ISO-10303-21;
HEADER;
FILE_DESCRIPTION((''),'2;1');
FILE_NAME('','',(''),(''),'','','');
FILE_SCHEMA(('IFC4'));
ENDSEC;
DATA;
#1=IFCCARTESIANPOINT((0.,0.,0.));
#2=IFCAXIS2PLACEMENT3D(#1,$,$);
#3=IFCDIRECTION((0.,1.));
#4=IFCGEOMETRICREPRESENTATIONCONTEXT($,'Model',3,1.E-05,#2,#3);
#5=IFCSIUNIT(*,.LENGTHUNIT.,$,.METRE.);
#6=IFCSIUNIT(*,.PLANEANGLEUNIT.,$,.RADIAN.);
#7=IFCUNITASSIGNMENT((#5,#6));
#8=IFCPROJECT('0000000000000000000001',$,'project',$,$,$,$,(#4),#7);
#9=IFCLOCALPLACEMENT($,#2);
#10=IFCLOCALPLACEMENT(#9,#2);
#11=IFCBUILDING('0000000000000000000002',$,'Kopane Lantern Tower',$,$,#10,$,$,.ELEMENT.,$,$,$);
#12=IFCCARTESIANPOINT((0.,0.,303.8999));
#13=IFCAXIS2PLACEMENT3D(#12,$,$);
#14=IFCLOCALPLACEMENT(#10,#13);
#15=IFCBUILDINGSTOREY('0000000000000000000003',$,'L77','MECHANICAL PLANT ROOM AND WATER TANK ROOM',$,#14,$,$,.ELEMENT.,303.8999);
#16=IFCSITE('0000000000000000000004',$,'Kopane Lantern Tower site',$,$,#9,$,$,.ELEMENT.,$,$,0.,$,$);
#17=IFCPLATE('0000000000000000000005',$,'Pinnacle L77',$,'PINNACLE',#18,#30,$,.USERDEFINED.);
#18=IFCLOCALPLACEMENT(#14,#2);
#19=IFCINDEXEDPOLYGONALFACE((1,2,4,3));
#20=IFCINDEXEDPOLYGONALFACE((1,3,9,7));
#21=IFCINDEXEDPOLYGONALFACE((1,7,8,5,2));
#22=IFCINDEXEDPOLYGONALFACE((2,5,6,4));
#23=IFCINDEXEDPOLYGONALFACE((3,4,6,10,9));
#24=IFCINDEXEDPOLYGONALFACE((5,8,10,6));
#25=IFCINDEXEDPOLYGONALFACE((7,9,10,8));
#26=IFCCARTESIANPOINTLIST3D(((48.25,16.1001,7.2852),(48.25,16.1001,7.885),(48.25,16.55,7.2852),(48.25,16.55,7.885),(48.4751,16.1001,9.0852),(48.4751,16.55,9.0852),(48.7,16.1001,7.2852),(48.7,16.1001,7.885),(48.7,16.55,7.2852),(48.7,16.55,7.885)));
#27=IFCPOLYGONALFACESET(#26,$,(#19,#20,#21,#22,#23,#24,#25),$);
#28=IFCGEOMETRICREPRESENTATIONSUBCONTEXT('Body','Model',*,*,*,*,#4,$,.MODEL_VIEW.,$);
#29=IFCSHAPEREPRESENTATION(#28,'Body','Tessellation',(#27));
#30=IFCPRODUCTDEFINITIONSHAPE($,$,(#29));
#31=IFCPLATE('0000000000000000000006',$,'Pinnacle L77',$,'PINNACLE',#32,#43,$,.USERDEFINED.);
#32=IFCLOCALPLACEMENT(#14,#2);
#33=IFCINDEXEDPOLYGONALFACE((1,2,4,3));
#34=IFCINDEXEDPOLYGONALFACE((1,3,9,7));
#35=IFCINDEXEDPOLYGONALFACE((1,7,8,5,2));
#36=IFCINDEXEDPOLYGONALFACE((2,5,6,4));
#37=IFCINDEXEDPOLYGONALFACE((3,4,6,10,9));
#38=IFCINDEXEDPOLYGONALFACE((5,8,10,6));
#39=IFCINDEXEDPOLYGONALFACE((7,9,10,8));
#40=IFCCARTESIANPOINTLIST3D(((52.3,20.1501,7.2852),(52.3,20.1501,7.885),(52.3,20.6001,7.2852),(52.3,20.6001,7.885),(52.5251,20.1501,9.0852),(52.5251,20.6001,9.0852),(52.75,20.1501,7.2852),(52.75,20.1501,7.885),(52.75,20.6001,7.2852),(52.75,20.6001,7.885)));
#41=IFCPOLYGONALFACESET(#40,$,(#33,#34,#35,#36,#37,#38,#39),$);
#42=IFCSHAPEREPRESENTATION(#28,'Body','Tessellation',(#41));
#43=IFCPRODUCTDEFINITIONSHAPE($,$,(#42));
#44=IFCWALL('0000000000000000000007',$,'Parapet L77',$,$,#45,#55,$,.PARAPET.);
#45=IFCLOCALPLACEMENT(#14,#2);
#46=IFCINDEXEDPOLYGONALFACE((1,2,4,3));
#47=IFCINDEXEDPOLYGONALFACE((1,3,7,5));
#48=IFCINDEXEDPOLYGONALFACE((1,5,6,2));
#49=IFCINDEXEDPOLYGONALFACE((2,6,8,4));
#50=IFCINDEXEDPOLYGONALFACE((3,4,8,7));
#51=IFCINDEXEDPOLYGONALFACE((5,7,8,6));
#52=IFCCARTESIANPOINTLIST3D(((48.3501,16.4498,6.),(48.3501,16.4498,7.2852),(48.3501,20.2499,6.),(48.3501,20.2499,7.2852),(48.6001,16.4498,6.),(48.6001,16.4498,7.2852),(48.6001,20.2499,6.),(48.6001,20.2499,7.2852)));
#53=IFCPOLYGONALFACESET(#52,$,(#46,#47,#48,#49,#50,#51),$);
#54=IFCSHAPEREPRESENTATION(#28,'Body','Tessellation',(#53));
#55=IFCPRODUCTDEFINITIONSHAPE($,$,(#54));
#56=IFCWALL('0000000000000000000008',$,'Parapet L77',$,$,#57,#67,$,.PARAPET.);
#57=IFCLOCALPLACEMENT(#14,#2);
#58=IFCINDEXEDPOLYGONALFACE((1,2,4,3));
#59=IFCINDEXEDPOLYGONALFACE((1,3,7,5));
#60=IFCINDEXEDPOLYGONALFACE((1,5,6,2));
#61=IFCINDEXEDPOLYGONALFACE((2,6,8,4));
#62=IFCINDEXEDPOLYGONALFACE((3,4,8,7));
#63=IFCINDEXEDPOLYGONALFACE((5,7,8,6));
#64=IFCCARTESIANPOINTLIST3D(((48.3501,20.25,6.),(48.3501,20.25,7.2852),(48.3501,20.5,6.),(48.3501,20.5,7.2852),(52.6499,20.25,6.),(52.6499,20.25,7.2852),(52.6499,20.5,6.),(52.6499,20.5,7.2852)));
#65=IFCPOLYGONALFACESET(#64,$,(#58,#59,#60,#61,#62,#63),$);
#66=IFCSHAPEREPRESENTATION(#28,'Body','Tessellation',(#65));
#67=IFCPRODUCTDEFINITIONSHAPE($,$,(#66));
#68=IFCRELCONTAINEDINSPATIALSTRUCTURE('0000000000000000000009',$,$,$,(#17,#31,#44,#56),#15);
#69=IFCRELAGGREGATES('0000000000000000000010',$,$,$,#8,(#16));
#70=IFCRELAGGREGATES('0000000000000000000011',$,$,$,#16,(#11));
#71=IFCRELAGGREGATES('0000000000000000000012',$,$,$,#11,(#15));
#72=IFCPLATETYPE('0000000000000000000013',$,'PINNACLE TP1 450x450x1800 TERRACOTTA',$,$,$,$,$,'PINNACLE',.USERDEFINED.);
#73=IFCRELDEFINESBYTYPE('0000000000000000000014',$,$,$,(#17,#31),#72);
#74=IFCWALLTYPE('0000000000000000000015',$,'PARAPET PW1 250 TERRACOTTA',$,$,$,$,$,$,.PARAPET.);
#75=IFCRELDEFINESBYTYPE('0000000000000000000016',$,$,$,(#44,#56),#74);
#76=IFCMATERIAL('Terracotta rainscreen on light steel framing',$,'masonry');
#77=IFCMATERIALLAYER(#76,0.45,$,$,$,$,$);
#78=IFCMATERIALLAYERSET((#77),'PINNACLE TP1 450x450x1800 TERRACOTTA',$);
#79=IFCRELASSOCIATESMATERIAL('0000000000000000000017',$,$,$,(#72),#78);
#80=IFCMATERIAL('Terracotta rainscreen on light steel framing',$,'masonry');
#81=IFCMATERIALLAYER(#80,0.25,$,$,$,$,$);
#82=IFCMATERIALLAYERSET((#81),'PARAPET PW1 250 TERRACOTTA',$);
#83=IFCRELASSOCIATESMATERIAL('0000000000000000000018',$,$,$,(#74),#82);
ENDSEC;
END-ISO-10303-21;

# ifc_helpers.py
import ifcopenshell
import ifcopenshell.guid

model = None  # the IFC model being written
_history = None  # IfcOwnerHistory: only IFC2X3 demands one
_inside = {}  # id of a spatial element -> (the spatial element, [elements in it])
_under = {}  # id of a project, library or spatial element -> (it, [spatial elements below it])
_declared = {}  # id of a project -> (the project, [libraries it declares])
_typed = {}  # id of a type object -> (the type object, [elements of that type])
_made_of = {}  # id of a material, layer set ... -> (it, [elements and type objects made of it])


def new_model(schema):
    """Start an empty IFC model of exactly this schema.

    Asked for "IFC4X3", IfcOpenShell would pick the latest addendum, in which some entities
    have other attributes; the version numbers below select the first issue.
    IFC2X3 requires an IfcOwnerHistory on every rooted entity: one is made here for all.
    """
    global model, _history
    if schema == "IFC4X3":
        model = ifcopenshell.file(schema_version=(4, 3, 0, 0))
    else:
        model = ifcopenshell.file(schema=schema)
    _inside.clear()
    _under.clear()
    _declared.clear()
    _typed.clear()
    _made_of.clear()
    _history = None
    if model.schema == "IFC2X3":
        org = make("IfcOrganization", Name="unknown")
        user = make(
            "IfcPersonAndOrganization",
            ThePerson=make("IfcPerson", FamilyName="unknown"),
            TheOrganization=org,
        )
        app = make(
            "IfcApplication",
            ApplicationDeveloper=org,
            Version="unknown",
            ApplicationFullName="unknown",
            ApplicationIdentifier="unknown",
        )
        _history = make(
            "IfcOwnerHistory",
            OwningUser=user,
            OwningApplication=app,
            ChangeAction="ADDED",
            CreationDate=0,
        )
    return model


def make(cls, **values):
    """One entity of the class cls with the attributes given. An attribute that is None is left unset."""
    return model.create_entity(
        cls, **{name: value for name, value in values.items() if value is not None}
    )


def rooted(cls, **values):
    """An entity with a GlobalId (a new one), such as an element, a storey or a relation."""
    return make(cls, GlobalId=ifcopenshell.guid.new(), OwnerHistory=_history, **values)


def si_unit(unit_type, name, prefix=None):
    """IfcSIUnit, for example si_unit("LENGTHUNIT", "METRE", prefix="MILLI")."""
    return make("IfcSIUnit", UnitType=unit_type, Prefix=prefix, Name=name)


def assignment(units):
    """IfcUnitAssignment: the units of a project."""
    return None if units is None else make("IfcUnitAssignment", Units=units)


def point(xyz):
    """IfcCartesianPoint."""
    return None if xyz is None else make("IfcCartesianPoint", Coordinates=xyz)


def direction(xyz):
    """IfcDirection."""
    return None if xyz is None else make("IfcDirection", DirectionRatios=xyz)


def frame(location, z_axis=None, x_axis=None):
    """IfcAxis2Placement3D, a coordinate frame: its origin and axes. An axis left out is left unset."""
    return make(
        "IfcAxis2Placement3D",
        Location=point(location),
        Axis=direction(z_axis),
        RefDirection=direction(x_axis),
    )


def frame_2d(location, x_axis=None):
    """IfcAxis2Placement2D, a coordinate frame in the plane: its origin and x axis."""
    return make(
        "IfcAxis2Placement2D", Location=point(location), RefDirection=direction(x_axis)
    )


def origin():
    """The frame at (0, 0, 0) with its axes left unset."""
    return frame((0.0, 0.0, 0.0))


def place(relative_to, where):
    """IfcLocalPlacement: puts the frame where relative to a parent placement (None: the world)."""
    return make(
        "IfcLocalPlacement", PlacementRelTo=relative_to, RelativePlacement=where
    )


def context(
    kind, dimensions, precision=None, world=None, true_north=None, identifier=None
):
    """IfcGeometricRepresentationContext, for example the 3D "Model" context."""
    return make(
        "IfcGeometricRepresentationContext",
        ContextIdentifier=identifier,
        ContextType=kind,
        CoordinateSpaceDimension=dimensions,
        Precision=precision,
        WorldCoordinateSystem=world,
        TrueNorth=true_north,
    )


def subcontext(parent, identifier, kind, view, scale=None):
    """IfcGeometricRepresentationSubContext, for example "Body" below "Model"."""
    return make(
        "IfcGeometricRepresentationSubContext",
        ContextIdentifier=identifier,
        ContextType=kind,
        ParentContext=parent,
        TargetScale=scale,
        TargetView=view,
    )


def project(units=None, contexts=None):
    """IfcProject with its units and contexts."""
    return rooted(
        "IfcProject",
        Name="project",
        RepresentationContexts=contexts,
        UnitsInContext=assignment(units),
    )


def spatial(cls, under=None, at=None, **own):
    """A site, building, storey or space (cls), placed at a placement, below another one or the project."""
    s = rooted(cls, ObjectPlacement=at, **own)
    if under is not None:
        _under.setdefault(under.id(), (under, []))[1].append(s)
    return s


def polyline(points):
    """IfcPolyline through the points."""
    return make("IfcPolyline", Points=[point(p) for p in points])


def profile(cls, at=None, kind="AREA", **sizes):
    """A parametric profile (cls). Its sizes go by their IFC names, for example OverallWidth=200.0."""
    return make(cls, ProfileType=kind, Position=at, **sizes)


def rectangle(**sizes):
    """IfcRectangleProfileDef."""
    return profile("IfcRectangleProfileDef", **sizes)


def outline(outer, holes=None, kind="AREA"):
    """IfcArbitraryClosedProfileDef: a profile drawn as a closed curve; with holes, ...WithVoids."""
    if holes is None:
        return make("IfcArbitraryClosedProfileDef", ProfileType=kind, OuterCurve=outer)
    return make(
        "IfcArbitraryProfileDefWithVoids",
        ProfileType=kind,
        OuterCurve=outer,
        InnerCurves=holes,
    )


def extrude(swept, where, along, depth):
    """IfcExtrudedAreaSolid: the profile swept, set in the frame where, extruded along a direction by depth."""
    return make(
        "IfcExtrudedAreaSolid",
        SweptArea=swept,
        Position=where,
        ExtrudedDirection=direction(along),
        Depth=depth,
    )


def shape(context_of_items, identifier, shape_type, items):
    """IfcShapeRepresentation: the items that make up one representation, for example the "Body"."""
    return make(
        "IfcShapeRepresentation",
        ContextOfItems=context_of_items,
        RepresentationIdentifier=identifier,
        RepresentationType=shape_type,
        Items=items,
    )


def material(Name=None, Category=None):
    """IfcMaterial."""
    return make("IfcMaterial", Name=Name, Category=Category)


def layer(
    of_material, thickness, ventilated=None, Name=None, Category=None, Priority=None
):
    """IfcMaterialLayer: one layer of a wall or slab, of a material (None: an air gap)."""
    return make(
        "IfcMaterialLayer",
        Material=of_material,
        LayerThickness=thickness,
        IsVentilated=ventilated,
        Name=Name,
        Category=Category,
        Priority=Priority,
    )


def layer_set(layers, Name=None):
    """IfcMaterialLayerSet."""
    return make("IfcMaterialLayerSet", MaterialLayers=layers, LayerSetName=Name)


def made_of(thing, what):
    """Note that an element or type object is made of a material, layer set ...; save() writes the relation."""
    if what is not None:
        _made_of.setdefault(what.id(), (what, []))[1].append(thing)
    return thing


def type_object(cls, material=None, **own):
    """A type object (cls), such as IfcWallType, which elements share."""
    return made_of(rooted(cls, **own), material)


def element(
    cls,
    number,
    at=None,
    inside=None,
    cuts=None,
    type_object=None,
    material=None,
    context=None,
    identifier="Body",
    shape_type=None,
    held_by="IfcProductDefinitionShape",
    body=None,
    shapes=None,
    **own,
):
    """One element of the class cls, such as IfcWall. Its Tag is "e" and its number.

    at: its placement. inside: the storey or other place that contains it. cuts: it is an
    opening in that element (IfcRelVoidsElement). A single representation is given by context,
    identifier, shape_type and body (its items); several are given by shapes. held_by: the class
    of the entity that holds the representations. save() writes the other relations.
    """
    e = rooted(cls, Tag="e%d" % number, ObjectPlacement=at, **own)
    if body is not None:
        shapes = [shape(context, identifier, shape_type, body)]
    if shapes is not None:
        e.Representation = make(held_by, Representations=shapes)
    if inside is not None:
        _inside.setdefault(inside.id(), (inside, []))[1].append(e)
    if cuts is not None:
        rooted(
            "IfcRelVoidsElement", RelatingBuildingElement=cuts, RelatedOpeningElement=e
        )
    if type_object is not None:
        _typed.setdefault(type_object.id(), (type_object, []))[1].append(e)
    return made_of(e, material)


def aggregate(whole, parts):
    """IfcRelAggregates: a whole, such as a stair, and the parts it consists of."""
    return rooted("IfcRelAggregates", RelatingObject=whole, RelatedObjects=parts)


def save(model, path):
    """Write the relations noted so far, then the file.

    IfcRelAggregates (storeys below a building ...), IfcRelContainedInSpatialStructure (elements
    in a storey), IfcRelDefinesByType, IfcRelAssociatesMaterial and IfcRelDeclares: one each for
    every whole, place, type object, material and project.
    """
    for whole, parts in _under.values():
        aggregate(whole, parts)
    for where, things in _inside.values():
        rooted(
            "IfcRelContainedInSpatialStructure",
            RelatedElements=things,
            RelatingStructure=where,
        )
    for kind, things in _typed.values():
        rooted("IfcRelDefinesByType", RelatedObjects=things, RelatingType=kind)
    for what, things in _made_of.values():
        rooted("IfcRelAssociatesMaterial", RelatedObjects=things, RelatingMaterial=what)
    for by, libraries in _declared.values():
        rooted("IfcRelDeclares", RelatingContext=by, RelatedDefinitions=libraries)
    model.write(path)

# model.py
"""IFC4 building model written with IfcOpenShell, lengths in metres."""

from ifc_helpers import new_model, si_unit, direction, frame, frame_2d, origin, place, context, subcontext, project, spatial, polyline, rectangle, outline, extrude, material, layer, layer_set, type_object, element, save


model = new_model("IFC4")

# Units and contexts
model_context = context("Model", 3, precision=1e-05, world=origin(), true_north=direction((0.0, 1.0)))
body_context = subcontext(model_context, "Body", "Model", "MODEL_VIEW")
ifc_project = project(units=[si_unit("LENGTHUNIT", "METRE"), si_unit("PLANEANGLEUNIT", "RADIAN")], contexts=[model_context])

# Site, building, storey
site_placement = place(None, origin())
site = spatial("IfcSite", under=ifc_project, at=site_placement, Name="Kopane Lantern Tower site", CompositionType="ELEMENT", RefElevation=0.0)
building_placement = place(site_placement, origin())
building = spatial("IfcBuilding", under=site, at=building_placement, Name="Kopane Lantern Tower", CompositionType="ELEMENT")
storey_placement = place(building_placement, frame((0.0, 0.0, 303.8999)))
storey = spatial("IfcBuildingStorey", under=building, at=storey_placement, Name="L77", Description="MECHANICAL PLANT ROOM AND WATER TANK ROOM", CompositionType="ELEMENT", Elevation=303.8999)

# Plates
ifc_material_1 = material(Name="Terracotta rainscreen on light steel framing", Category="masonry")
ifc_layer_1 = layer(ifc_material_1, 0.45)
ifc_layer_set_1 = layer_set([ifc_layer_1], Name="PINNACLE TP1 450x450x1800 TERRACOTTA")
plate_type_1 = type_object("IfcPlateType", Name="PINNACLE TP1 450x450x1800 TERRACOTTA", ElementType="PINNACLE", PredefinedType="USERDEFINED", material=ifc_layer_set_1)
for number, where, z_axis, x_axis, name in (
    (1, (48.25, 16.325, 7.2852), (0.0, 0.0, 1.0), (1.0, 0.0, 0.0), "Pinnacle L77"),
    (2, (52.3, 20.375, 7.2852), (0.0, 0.0, 1.0), (1.0, 0.0, 0.0), "Pinnacle L77"),
):
    element("IfcPlate", number, at=place(storey_placement, frame(where, z_axis=z_axis, x_axis=x_axis)), inside=storey, type_object=plate_type_1, Name=name, ObjectType="PINNACLE", PredefinedType="USERDEFINED", context=body_context, shape_type="SweptSolid", body=[
        extrude(outline(polyline([(0.0, 0.0), (0.45, 0.0), (0.45, 0.5999), (0.2251, 1.8), (0.0, 0.5999), (0.0, 0.0)])), frame((0.0, 0.2251, 0.0), z_axis=(0.0, -1.0, 0.0), x_axis=(1.0, 0.0, 0.0)), (0.0, 0.0, 1.0), 0.45),
    ])

# Walls
ifc_material_2 = material(Name="Terracotta rainscreen on light steel framing", Category="masonry")
ifc_layer_2 = layer(ifc_material_2, 0.25)
ifc_layer_set_2 = layer_set([ifc_layer_2], Name="PARAPET PW1 250 TERRACOTTA")
wall_type = type_object("IfcWallType", Name="PARAPET PW1 250 TERRACOTTA", PredefinedType="PARAPET", material=ifc_layer_set_2)
wall_1_placement = place(storey_placement, frame((48.4751, 16.45, 6.0), z_axis=(0.0, 0.0, 1.0), x_axis=(0.0, 1.0, 0.0)))
element("IfcWall", 3, at=wall_1_placement, inside=storey, type_object=wall_type, Name="Parapet L77", PredefinedType="PARAPET", context=body_context, shape_type="SweptSolid", body=[
    extrude(rectangle(XDim=3.8, YDim=0.25, at=frame_2d((1.8999, 0.0))), origin(), (0.0, 0.0, 1.0), 1.2852),
])
wall_2_placement = place(storey_placement, frame((48.3501, 20.375, 6.0), z_axis=(0.0, 0.0, 1.0), x_axis=(1.0, 0.0, 0.0)))
element("IfcWall", 4, at=wall_2_placement, inside=storey, type_object=wall_type, Name="Parapet L77", PredefinedType="PARAPET", context=body_context, shape_type="SweptSolid", body=[
    extrude(rectangle(XDim=4.2998, YDim=0.25, at=frame_2d((2.1499, 0.0))), origin(), (0.0, 0.0, 1.0), 1.2852),
])

save(model, "model.ifc")
